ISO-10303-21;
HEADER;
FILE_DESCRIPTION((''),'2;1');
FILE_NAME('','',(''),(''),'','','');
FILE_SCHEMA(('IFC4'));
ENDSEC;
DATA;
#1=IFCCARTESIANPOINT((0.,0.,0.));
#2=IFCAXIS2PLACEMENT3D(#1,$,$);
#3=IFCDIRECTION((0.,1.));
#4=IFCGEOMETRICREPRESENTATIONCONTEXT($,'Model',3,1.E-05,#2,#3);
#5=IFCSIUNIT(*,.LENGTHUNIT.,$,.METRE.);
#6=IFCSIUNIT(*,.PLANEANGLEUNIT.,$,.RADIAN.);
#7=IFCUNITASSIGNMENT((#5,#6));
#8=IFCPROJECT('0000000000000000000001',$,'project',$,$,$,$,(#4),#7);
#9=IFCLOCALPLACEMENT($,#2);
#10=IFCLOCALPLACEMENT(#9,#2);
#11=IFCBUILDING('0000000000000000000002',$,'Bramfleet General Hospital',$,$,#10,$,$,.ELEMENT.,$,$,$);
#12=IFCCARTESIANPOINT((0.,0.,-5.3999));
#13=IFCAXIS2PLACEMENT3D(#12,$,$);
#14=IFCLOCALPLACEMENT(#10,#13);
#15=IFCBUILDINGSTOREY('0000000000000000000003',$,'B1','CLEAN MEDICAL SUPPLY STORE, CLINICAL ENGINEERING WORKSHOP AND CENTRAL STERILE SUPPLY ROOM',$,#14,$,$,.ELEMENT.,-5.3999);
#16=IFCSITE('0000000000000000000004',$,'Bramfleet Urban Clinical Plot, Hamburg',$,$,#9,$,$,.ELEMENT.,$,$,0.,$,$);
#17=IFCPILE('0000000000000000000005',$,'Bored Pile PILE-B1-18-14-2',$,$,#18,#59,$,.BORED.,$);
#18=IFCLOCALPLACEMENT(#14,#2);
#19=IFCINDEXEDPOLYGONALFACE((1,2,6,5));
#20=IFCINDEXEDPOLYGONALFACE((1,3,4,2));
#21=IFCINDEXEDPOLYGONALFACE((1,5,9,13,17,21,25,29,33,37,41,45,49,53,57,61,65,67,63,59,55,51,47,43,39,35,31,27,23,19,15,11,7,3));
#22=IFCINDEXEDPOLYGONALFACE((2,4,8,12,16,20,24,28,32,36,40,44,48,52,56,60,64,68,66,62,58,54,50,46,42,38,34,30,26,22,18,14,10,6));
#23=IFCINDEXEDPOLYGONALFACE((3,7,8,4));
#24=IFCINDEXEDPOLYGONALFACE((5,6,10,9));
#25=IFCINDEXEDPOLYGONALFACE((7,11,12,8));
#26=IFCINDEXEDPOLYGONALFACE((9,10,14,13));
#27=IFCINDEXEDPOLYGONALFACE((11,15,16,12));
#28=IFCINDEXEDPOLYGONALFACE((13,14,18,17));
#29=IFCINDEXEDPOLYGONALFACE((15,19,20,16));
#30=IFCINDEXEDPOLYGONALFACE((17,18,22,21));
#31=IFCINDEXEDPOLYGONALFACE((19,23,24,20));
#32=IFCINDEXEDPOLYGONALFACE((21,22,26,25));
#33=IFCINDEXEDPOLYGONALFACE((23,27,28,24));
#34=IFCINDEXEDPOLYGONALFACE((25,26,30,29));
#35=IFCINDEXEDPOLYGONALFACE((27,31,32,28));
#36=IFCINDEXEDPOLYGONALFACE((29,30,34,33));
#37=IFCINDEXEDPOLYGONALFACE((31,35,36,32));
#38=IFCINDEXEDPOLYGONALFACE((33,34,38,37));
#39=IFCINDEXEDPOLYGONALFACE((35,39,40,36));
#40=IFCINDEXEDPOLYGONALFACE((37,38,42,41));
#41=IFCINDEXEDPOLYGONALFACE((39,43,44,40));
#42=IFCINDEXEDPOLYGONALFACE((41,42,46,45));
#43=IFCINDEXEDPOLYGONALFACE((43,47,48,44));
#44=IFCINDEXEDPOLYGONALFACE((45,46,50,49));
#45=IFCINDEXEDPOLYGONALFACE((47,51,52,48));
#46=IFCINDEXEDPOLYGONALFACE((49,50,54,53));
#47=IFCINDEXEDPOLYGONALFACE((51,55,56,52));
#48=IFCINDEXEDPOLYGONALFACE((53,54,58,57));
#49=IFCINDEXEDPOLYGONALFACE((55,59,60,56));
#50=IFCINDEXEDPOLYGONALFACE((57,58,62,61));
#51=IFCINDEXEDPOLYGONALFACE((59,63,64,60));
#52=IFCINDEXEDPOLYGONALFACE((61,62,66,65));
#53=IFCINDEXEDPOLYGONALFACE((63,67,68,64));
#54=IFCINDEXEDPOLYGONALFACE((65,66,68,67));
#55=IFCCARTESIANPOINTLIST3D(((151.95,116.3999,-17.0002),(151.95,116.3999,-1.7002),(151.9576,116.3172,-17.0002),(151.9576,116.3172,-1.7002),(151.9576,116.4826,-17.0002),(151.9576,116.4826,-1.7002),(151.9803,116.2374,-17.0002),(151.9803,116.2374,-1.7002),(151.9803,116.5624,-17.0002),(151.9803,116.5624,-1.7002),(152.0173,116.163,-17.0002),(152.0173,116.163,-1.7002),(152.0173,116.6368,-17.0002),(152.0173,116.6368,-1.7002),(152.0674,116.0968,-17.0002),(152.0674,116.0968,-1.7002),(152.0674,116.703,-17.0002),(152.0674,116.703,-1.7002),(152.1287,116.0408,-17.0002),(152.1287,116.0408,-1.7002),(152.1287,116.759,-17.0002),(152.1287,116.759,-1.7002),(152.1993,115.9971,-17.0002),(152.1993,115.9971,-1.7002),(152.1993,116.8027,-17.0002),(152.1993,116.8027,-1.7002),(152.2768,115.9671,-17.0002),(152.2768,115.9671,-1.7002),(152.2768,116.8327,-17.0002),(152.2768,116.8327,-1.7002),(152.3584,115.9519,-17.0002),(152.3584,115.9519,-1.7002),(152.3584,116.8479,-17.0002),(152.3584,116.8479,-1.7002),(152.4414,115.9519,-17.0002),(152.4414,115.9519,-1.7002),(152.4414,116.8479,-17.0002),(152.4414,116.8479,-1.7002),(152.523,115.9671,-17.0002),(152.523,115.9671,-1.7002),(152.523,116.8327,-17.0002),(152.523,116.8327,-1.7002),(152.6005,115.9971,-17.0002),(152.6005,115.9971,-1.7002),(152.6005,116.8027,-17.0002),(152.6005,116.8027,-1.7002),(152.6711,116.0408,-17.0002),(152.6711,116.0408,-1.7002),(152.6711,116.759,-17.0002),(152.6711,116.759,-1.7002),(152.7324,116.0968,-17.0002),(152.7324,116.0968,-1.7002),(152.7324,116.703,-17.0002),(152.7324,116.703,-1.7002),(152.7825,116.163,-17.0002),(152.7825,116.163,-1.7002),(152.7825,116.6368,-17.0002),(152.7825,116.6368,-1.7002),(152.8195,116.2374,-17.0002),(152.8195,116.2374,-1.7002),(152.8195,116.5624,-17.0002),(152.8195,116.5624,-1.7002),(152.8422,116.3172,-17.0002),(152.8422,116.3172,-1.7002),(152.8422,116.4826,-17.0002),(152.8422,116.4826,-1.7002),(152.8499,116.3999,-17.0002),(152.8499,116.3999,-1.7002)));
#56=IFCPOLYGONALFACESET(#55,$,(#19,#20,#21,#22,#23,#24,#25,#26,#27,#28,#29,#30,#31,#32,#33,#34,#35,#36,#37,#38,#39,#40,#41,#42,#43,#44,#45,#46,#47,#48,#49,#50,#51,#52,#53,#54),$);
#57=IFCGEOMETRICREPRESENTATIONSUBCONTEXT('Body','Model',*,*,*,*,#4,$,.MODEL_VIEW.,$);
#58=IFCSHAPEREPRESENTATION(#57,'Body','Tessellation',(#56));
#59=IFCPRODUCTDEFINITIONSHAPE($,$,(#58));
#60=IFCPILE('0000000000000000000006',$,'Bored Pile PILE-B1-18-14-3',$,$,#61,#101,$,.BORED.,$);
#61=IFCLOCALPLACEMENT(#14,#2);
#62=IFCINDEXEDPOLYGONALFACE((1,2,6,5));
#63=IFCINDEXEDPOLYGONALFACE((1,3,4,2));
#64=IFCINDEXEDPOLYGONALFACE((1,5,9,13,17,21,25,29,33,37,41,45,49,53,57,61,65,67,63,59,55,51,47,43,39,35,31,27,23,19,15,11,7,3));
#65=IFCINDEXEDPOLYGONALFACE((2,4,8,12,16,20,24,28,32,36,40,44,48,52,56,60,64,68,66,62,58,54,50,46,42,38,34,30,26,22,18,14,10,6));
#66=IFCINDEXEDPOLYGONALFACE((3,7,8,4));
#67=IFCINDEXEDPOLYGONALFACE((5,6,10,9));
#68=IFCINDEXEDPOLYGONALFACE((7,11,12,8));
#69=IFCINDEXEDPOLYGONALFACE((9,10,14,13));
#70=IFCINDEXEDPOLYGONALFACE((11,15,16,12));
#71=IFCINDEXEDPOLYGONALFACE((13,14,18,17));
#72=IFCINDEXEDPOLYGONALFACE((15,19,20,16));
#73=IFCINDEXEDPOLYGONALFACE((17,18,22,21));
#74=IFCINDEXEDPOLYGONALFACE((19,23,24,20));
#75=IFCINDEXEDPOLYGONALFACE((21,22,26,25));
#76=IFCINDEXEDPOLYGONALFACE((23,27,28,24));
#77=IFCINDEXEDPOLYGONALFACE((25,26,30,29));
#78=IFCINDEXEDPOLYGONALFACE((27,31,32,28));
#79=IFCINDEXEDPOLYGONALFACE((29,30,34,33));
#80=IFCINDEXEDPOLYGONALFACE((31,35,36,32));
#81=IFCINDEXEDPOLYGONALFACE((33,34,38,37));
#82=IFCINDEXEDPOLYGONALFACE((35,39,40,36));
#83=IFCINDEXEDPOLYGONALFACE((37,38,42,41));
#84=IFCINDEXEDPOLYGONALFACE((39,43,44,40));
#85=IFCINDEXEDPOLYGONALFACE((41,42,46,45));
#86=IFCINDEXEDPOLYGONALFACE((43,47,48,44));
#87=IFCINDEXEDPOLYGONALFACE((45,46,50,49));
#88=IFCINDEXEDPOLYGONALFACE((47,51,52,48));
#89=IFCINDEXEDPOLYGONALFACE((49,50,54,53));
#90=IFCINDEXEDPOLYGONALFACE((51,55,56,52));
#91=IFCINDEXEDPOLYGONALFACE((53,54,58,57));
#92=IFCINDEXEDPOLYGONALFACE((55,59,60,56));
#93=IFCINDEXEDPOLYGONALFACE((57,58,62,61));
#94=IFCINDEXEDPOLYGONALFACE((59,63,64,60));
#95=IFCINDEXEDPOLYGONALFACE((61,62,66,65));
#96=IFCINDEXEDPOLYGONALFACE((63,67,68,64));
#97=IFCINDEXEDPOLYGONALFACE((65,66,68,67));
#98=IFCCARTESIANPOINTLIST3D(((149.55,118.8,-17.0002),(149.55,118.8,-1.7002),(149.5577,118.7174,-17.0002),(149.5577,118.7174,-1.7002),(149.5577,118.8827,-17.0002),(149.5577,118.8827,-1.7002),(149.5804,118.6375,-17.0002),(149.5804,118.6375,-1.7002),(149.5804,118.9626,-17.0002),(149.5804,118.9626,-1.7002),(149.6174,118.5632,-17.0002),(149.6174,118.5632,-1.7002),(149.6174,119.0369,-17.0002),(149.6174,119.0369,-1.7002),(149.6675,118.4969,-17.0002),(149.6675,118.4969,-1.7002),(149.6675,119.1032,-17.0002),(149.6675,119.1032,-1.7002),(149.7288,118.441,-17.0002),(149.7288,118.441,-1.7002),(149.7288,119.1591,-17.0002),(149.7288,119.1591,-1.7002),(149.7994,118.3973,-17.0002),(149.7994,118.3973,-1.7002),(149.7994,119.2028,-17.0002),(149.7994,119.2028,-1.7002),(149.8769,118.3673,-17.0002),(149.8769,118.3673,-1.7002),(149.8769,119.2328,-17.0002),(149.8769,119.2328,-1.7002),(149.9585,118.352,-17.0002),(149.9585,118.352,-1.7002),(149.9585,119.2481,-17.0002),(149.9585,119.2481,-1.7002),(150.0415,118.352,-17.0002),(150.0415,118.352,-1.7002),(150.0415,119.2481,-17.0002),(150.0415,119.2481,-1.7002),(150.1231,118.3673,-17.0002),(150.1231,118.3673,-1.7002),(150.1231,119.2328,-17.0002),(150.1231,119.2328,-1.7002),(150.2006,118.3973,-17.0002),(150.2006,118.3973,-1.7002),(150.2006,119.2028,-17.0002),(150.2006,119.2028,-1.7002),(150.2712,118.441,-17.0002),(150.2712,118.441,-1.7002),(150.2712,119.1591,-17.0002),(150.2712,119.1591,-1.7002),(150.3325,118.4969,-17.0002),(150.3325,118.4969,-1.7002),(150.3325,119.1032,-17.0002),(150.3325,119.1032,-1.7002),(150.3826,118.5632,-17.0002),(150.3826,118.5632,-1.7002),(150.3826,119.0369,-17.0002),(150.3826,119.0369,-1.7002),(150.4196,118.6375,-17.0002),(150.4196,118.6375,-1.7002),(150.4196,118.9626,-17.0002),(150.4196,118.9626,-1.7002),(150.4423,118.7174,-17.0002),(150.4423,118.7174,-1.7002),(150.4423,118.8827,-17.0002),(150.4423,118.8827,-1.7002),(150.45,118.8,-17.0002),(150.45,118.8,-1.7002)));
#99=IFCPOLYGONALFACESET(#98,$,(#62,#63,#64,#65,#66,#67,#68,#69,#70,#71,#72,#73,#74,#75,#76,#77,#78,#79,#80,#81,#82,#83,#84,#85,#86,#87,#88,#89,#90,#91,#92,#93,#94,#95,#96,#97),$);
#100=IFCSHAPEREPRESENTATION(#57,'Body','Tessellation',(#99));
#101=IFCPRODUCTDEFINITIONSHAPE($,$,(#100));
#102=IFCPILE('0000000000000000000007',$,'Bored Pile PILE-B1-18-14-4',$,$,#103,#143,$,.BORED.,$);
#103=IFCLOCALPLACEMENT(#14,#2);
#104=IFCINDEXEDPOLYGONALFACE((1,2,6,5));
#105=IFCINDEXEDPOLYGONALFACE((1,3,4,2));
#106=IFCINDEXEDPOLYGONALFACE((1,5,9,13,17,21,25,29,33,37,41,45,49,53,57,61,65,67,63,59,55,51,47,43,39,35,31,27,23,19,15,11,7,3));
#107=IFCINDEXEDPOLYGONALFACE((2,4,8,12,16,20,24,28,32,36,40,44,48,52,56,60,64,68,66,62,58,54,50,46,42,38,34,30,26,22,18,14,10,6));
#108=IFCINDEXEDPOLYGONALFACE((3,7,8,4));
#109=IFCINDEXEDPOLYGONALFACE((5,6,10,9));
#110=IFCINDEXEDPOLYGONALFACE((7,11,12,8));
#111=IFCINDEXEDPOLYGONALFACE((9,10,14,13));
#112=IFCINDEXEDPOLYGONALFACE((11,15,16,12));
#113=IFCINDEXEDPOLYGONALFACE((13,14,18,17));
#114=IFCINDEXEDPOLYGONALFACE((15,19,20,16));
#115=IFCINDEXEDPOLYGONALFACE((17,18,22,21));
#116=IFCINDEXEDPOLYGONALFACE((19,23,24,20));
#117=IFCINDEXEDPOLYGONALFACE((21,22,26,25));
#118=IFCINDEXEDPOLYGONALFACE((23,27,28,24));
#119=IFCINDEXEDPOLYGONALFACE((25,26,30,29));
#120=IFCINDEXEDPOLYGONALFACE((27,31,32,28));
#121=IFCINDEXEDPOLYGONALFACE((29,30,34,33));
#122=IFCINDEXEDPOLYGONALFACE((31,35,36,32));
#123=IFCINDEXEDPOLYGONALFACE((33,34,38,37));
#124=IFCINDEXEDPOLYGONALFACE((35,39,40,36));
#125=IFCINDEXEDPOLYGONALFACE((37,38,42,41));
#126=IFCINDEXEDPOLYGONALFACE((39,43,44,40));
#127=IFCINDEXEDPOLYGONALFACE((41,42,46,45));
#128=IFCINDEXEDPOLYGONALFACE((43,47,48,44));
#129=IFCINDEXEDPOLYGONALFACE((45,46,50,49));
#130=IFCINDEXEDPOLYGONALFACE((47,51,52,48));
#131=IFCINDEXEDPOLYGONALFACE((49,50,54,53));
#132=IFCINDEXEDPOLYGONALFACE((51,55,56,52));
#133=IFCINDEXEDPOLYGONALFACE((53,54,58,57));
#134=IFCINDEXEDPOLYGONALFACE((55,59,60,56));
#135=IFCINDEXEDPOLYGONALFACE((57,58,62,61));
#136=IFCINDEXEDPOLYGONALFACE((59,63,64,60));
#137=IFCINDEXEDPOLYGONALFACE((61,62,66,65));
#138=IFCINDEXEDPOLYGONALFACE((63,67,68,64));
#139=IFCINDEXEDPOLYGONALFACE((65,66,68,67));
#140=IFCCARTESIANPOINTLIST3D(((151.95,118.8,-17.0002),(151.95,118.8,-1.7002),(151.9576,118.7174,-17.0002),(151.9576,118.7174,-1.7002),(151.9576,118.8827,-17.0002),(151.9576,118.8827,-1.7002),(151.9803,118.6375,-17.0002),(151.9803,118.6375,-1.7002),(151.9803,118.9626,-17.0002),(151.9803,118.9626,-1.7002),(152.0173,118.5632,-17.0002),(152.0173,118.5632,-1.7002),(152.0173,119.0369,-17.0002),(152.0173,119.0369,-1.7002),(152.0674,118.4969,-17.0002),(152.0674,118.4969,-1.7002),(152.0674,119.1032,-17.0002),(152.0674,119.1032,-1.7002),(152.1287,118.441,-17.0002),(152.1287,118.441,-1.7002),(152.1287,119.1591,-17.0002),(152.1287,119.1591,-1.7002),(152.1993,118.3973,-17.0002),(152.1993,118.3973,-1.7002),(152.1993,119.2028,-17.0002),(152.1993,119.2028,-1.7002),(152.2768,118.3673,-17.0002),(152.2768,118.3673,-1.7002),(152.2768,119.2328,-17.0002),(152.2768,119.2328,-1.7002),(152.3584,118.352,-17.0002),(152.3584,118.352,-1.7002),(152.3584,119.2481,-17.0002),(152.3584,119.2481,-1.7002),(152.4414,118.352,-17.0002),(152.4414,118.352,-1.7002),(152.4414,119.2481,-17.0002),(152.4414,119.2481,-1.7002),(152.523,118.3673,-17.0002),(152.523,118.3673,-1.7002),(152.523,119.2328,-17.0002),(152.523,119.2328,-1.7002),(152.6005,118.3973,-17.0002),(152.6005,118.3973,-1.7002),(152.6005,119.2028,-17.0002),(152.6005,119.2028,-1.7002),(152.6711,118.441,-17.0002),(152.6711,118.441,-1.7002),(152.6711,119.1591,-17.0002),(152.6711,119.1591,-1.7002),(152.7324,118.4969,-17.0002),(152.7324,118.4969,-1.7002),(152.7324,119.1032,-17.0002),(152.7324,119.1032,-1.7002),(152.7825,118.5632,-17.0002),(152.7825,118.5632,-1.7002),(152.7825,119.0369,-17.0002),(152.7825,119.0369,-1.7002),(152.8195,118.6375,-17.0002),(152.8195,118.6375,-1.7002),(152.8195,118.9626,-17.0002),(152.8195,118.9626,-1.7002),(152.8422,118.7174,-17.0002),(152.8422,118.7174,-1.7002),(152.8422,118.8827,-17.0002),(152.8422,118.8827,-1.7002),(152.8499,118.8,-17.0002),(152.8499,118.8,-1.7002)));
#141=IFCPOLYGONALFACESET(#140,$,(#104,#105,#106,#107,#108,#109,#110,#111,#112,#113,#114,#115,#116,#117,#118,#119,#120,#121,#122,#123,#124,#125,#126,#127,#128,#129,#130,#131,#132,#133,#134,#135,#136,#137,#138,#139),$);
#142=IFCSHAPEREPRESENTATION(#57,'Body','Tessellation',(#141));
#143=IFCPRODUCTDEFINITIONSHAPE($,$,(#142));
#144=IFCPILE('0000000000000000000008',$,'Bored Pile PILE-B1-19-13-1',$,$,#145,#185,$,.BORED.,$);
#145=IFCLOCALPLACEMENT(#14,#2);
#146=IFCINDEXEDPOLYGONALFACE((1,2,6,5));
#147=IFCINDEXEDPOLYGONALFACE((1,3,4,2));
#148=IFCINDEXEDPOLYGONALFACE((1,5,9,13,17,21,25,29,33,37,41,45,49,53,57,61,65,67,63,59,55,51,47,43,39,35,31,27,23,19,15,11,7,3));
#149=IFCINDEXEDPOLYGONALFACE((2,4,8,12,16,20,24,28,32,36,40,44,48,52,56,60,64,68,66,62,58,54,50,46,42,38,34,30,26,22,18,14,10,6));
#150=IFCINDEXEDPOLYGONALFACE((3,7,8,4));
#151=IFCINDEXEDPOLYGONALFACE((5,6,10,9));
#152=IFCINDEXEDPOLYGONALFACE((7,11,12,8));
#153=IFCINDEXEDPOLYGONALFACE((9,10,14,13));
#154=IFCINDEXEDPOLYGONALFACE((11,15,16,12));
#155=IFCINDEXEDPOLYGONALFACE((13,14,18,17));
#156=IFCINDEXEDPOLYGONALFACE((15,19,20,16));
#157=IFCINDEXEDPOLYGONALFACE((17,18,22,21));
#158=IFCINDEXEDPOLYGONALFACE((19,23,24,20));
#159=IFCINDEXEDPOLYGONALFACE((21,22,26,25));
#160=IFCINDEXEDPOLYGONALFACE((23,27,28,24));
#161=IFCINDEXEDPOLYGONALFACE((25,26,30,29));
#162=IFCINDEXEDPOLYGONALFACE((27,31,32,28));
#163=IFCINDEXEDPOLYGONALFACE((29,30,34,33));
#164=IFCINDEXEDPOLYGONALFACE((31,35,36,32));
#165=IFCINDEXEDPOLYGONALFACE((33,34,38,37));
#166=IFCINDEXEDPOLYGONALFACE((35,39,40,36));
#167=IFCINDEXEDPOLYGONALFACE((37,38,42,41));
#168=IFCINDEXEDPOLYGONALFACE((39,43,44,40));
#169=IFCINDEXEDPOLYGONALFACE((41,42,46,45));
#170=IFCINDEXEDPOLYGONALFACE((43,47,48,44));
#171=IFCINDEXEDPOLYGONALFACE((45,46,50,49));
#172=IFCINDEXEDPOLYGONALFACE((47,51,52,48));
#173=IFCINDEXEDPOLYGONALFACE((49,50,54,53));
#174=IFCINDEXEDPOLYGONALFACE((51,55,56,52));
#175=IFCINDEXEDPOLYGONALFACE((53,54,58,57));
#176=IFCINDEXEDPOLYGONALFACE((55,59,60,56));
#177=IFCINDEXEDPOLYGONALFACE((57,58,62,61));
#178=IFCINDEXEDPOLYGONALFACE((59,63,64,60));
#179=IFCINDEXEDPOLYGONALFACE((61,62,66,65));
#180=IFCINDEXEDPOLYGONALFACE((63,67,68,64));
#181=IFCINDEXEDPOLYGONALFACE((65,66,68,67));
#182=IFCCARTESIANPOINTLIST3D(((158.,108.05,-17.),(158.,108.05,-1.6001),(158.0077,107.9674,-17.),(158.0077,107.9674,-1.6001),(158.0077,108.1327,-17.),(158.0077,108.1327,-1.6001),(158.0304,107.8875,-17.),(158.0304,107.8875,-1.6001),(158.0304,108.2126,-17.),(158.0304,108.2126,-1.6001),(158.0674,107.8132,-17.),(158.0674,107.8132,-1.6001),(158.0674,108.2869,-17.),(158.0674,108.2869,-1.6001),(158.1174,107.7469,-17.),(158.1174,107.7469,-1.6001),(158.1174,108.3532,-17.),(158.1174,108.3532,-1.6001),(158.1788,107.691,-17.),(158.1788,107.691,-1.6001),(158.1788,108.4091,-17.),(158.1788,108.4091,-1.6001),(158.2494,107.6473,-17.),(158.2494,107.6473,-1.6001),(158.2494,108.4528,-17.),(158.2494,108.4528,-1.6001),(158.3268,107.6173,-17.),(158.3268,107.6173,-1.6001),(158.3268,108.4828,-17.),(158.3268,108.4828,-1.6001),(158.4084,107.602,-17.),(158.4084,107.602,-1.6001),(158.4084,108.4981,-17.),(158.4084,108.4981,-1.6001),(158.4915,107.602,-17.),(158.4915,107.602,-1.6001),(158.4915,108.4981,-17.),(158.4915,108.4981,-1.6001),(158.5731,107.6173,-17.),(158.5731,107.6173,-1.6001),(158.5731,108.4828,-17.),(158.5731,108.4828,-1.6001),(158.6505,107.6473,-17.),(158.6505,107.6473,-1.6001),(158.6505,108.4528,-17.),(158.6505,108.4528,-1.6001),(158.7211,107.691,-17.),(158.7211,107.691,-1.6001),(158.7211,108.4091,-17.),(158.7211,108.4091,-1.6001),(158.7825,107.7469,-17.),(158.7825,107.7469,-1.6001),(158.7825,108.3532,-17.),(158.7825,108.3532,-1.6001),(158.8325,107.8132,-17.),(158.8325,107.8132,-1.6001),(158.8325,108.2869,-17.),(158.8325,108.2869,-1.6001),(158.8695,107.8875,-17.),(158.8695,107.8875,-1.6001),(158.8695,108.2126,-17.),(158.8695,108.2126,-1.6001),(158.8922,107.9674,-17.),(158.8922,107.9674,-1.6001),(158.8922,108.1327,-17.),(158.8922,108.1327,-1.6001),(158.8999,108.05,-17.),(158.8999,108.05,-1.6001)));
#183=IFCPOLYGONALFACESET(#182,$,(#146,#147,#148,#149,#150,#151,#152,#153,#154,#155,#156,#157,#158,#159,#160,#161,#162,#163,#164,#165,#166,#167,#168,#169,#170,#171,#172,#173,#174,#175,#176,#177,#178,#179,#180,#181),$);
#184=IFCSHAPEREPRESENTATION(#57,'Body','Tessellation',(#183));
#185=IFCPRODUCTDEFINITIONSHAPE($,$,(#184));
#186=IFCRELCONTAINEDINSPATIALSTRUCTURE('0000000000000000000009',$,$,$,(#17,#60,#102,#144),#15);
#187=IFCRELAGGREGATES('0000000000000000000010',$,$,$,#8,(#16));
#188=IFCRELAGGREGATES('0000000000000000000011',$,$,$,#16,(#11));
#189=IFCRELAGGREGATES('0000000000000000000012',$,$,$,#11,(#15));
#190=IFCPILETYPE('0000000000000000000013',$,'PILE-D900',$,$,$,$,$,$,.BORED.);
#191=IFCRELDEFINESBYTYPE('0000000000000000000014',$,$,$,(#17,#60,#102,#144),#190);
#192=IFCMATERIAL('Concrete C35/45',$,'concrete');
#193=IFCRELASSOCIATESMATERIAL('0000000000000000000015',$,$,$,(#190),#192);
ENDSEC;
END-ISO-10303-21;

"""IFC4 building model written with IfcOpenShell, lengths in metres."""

from ifc_helpers import new_model, si_unit, direction, frame, origin, origin_2d, place, context, subcontext, project, spatial, circle, extrude, material, material_profile, profile_set, type_object, element, save


model = new_model("IFC4")

# Units and contexts
model_context = context("Model", 3, precision=1e-05, world=origin(), true_north=direction((0.0, 1.0)))
body_context = subcontext(model_context, "Body", "Model", "MODEL_VIEW")
ifc_project = project(units=[si_unit("LENGTHUNIT", "METRE"), si_unit("PLANEANGLEUNIT", "RADIAN")], contexts=[model_context])

# Site, building, storey
site_placement = place(None, origin())
site = spatial("IfcSite", under=ifc_project, at=site_placement, Name="Bramfleet Urban Clinical Plot, Hamburg", CompositionType="ELEMENT", RefElevation=0.0)
building_placement = place(site_placement, origin())
building = spatial("IfcBuilding", under=site, at=building_placement, Name="Bramfleet General Hospital", CompositionType="ELEMENT")
storey_placement = place(building_placement, frame((0.0, 0.0, -5.3999)))
storey = spatial("IfcBuildingStorey", under=building, at=storey_placement, Name="B1", Description="CLEAN MEDICAL SUPPLY STORE, CLINICAL ENGINEERING WORKSHOP AND CENTRAL STERILE SUPPLY ROOM", CompositionType="ELEMENT", Elevation=-5.3999)

# Shared definitions
ifc_material_1 = material(Name="Concrete C35/45", Category="concrete")

# Piles
ifc_material_profile_1 = material_profile(ifc_material_1, circle(Radius=0.45, at=origin_2d()), Name="PILE BORED D900")
ifc_profile_set_1 = profile_set([ifc_material_profile_1], Name="Concrete C35/45")
pile_type_1 = type_object("IfcPileType", Name="PILE-D900", PredefinedType="BORED", material=ifc_profile_set_1)
for number, where, z_axis, x_axis, name in (
    (1, (152.3999, 116.3999, -1.7002), (0.0, 0.0, -1.0), (1.0, 0.0, 0.0), "Bored Pile PILE-B1-18-14-2"),
    (2, (150.0, 118.8, -1.7002), (0.0, 0.0, -1.0), (1.0, 0.0, 0.0), "Bored Pile PILE-B1-18-14-3"),
    (3, (152.3999, 118.8, -1.7002), (0.0, 0.0, -1.0), (1.0, 0.0, 0.0), "Bored Pile PILE-B1-18-14-4"),
):
    element("IfcPile", number, at=place(storey_placement, frame(where, z_axis=z_axis, x_axis=x_axis)), inside=storey, type_object=pile_type_1, Name=name, PredefinedType="BORED", context=body_context, shape_type="SweptSolid", body=[
        extrude(circle(Radius=0.45, at=origin_2d()), origin(), (0.0, 0.0, 1.0), 15.3),
    ])
for number, where, z_axis, x_axis, name in (
    (4, (158.45, 108.05, -1.6001), (0.0, 0.0, -1.0), (1.0, 0.0, 0.0), "Bored Pile PILE-B1-19-13-1"),
):
    element("IfcPile", number, at=place(storey_placement, frame(where, z_axis=z_axis, x_axis=x_axis)), inside=storey, type_object=pile_type_1, Name=name, PredefinedType="BORED", context=body_context, shape_type="SweptSolid", body=[
        extrude(circle(Radius=0.45, at=origin_2d()), origin(), (0.0, 0.0, 1.0), 15.3999),
    ])

save(model, "model.ifc")
